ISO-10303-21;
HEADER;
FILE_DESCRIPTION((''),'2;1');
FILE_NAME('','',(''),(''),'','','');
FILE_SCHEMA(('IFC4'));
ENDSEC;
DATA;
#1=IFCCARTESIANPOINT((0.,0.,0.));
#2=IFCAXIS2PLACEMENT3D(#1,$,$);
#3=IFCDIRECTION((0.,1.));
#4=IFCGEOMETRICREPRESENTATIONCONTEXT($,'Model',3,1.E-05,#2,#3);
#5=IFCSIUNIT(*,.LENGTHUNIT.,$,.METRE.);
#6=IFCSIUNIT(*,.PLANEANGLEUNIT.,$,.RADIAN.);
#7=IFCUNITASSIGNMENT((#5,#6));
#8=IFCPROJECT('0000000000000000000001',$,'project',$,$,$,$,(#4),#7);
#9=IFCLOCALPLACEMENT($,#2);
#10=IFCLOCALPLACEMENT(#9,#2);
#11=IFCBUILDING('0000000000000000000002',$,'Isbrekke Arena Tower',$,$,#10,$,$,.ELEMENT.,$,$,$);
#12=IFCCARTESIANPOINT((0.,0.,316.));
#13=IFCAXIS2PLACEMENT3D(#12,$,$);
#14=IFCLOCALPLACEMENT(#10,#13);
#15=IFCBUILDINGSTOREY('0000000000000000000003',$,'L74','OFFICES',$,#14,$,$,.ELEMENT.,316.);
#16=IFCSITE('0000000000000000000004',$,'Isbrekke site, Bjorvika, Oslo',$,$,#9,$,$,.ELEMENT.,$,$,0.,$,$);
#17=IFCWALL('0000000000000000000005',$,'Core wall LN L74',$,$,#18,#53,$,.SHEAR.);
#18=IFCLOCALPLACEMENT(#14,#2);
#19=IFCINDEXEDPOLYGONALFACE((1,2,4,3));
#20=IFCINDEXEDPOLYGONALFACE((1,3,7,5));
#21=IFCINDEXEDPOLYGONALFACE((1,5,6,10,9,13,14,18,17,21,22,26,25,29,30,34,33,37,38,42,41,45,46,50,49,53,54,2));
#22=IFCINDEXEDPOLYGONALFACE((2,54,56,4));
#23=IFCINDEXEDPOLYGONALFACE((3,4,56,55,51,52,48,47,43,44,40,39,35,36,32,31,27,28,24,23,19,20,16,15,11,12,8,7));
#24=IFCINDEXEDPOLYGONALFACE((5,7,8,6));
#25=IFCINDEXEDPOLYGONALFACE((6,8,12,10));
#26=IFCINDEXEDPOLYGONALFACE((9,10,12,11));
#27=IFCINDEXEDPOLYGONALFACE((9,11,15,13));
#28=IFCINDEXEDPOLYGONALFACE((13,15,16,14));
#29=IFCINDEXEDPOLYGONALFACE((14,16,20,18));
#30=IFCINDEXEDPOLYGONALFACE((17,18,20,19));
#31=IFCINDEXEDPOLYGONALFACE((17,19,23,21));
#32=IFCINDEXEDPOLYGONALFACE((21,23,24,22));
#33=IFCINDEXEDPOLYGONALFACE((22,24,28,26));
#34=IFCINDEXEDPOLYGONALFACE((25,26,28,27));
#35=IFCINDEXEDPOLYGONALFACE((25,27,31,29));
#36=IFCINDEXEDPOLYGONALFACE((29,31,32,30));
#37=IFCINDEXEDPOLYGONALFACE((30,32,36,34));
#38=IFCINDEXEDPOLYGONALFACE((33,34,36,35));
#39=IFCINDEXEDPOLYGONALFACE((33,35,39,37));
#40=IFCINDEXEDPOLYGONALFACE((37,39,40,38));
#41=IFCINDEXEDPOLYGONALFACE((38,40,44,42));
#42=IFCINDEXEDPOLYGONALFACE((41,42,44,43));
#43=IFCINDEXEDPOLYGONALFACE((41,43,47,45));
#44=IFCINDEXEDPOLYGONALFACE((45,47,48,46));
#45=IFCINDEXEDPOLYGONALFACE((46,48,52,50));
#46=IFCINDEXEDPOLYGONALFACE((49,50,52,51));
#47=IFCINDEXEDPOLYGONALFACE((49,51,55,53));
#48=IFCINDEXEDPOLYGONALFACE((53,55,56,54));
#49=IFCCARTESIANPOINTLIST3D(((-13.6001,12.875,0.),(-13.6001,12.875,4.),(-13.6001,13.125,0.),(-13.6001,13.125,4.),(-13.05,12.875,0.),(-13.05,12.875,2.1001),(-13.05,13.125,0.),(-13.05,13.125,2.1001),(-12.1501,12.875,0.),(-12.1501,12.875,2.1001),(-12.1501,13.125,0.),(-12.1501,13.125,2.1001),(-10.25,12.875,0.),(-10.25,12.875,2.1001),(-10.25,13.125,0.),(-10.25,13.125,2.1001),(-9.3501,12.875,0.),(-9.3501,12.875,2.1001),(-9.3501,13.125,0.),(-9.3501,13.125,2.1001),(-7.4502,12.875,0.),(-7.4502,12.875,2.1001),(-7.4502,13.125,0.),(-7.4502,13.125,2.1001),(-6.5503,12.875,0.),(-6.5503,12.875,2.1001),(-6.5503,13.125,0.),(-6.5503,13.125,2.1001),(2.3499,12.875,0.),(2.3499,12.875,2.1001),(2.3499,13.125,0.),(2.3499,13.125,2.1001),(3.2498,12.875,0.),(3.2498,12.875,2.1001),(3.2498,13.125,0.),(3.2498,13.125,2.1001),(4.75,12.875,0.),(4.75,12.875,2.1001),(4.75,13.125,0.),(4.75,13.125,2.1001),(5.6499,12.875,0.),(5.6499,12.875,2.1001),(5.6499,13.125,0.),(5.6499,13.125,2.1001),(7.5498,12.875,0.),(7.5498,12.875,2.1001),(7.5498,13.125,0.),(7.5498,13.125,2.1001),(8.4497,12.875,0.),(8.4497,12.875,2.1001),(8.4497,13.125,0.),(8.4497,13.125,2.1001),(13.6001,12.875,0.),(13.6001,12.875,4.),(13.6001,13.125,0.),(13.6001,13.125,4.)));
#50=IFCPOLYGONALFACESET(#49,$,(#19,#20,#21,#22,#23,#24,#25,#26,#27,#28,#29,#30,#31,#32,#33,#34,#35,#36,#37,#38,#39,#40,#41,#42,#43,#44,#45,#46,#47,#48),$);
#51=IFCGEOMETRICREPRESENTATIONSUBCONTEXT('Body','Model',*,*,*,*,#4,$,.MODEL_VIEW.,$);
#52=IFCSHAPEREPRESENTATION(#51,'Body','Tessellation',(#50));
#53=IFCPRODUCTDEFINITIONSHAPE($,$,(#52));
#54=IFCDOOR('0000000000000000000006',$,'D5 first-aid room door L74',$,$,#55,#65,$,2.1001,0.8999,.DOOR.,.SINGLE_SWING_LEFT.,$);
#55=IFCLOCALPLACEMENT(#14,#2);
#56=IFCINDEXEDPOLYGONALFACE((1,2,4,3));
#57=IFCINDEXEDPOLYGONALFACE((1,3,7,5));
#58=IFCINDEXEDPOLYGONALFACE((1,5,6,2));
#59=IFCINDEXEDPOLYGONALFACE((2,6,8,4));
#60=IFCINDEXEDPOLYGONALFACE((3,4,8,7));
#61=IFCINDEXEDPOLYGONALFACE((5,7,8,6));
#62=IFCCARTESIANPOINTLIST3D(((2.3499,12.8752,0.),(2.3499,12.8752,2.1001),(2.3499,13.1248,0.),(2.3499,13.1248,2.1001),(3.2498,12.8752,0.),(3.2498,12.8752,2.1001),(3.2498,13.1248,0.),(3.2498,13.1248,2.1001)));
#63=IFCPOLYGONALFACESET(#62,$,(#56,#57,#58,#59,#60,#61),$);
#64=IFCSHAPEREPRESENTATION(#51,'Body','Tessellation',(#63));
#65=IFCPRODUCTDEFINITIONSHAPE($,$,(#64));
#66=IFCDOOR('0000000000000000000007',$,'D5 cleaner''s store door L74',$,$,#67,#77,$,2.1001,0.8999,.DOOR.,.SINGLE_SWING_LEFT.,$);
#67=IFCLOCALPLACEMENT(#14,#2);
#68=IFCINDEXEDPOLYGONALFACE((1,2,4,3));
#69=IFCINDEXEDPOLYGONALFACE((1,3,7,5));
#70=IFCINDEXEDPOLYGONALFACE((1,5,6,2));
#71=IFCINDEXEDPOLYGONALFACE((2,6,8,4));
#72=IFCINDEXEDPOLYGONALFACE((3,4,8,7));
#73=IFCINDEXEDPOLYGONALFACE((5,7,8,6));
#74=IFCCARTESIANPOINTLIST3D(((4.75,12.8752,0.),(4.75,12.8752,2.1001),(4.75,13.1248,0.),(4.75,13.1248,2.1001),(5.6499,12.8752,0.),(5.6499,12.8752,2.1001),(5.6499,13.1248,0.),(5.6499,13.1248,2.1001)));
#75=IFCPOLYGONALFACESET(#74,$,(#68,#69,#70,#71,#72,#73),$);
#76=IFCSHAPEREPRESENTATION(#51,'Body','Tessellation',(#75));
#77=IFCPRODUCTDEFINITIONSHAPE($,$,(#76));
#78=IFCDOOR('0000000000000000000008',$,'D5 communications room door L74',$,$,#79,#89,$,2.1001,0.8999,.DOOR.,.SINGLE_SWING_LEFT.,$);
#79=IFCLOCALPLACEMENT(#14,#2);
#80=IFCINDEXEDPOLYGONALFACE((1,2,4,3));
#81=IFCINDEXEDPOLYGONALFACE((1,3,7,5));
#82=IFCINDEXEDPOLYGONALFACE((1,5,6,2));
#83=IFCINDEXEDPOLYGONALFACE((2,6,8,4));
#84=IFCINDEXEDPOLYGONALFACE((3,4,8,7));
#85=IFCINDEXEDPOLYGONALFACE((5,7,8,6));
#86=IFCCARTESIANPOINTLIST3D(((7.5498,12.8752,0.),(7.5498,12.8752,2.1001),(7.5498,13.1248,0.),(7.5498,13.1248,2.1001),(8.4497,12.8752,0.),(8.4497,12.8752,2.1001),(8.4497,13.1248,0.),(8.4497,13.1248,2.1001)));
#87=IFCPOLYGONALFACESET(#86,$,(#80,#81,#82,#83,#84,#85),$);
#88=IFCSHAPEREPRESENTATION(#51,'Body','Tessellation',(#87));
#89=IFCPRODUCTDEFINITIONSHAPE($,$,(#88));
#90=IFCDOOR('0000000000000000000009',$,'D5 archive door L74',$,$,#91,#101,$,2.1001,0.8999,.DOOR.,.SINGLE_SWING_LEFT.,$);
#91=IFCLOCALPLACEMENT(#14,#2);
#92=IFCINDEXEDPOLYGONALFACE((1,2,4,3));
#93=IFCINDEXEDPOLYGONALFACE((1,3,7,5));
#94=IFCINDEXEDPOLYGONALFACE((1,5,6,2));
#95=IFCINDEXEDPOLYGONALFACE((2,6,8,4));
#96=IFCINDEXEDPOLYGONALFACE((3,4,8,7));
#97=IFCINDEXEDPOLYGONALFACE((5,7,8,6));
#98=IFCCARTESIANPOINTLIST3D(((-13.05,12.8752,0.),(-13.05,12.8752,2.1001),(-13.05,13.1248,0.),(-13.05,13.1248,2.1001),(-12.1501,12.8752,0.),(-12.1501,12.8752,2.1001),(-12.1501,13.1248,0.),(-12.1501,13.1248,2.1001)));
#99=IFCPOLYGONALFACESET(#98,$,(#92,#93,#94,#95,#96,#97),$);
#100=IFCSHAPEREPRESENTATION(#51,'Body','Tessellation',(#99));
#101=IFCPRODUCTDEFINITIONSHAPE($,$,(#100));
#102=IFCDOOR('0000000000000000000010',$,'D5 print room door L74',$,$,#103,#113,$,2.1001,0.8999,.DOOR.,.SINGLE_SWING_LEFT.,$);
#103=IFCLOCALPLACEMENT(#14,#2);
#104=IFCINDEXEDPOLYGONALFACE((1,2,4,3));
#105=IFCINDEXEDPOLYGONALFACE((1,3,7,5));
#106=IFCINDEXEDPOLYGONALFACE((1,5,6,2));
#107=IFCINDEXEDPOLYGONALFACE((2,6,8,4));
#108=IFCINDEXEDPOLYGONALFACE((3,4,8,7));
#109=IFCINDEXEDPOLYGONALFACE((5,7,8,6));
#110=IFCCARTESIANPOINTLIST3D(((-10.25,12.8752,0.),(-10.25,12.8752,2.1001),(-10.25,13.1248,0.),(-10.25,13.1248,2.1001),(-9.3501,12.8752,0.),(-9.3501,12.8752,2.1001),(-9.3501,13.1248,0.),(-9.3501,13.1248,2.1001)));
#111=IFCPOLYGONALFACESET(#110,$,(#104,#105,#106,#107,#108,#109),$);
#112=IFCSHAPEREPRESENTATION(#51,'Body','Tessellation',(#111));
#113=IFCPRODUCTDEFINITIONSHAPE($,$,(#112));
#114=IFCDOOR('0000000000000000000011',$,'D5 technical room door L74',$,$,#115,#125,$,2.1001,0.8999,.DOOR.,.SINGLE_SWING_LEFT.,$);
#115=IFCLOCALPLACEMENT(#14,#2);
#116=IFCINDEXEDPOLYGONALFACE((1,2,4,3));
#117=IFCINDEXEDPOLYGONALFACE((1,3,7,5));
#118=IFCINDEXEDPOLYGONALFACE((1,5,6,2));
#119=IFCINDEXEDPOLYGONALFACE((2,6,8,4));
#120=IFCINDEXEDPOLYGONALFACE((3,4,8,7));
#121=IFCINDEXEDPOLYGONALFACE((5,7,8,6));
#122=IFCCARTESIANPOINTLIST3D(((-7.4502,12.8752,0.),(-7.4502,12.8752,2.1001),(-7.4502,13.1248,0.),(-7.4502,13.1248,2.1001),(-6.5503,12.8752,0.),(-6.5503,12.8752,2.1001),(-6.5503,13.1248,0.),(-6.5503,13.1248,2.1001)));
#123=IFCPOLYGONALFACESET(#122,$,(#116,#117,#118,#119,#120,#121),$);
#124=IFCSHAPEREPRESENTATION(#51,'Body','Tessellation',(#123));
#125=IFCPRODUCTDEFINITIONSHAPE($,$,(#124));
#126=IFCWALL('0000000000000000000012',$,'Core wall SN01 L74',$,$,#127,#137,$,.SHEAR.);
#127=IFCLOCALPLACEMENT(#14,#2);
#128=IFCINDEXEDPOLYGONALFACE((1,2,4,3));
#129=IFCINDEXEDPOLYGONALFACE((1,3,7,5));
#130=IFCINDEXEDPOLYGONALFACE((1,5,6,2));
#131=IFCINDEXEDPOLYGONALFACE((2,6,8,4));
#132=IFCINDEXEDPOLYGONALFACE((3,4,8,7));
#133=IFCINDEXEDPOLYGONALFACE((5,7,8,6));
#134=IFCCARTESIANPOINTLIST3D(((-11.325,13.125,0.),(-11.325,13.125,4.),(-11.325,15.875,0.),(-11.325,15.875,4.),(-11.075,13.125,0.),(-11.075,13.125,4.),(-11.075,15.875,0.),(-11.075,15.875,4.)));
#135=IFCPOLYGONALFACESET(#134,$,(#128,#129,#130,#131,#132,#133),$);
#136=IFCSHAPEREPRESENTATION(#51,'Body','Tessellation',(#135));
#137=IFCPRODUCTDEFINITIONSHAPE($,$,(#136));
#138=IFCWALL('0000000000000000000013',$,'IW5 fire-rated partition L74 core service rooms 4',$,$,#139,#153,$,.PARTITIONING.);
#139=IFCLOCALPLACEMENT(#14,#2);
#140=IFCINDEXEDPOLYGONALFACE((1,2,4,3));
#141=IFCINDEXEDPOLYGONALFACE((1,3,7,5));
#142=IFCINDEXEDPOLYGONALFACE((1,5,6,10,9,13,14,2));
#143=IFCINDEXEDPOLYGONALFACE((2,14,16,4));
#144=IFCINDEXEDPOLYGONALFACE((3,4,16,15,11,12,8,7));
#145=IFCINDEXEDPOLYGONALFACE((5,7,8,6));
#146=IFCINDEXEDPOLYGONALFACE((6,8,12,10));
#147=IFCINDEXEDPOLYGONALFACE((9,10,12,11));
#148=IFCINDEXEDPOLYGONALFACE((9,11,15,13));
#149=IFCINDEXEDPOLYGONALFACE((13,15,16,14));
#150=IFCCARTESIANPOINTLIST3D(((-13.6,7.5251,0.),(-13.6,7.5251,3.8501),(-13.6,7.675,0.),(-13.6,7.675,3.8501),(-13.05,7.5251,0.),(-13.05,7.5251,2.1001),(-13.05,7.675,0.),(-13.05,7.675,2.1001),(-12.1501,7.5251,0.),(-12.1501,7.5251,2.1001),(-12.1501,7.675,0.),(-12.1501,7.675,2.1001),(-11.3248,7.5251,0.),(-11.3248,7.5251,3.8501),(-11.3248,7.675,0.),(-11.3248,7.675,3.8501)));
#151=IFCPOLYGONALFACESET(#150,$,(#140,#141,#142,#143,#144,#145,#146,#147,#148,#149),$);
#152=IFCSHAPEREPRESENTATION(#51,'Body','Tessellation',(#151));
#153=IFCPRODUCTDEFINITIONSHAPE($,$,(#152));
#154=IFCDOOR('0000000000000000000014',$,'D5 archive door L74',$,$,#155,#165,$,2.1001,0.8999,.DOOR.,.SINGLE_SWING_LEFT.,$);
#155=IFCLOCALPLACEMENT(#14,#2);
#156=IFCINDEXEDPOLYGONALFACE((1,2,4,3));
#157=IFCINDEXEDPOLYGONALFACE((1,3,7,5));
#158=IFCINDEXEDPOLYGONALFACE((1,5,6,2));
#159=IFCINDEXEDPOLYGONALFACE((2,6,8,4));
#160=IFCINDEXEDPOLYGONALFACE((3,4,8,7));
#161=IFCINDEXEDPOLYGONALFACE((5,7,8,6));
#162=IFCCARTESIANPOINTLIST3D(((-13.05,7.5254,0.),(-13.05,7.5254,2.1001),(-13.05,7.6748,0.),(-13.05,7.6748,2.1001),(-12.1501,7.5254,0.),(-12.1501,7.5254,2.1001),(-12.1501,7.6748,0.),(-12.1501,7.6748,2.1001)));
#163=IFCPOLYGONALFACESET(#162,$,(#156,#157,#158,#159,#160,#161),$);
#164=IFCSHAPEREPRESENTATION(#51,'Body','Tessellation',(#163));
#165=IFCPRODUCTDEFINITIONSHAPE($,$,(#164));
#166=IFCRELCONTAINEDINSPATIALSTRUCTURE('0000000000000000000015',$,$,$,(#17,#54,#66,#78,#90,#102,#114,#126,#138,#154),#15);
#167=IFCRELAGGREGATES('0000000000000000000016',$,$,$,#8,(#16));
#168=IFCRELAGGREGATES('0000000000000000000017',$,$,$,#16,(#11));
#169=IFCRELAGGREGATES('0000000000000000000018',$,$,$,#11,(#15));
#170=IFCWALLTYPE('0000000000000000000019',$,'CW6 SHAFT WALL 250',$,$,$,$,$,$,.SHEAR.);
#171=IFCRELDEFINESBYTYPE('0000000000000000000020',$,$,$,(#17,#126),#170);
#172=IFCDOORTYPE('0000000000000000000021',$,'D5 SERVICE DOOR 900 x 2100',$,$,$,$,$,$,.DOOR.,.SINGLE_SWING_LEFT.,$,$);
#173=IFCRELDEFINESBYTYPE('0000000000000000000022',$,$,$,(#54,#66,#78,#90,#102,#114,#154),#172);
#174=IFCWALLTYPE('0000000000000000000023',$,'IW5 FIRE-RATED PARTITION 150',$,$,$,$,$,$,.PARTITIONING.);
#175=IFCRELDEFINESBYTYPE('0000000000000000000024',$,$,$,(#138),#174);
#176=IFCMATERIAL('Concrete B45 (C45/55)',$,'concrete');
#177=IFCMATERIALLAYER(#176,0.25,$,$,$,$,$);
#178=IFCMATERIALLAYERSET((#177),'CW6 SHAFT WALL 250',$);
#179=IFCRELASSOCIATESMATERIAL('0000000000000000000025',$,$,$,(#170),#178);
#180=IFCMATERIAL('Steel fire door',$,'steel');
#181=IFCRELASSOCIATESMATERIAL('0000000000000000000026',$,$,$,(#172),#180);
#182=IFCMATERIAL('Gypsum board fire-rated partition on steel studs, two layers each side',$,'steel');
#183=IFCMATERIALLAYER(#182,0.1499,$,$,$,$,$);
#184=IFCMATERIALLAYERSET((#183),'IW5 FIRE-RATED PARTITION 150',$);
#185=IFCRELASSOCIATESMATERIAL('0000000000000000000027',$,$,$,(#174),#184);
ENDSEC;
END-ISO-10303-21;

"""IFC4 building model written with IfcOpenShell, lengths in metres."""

from ifc_helpers import new_model, si_unit, direction, frame, frame_2d, origin, place, context, subcontext, project, spatial, rectangle, extrude, material, layer, layer_set, type_object, element, fill, save


model = new_model("IFC4")

# Units and contexts
model_context = context("Model", 3, precision=1e-05, world=origin(), true_north=direction((0.0, 1.0)))
body_context = subcontext(model_context, "Body", "Model", "MODEL_VIEW")
ifc_project = project(units=[si_unit("LENGTHUNIT", "METRE"), si_unit("PLANEANGLEUNIT", "RADIAN")], contexts=[model_context])

# Site, building, storey
site_placement = place(None, origin())
site = spatial("IfcSite", under=ifc_project, at=site_placement, Name="Isbrekke site, Bjorvika, Oslo", CompositionType="ELEMENT", RefElevation=0.0)
building_placement = place(site_placement, origin())
building = spatial("IfcBuilding", under=site, at=building_placement, Name="Isbrekke Arena Tower", CompositionType="ELEMENT")
storey_placement = place(building_placement, frame((0.0, 0.0, 316.0)))
storey = spatial("IfcBuildingStorey", under=building, at=storey_placement, Name="L74", Description="OFFICES", CompositionType="ELEMENT", Elevation=316.0)

# Wall, openings, doors
ifc_material_1 = material(Name="Concrete B45 (C45/55)", Category="concrete")
ifc_layer_1 = layer(ifc_material_1, 0.25)
ifc_layer_set_1 = layer_set([ifc_layer_1], Name="CW6 SHAFT WALL 250")
wall_type_1 = type_object("IfcWallType", Name="CW6 SHAFT WALL 250", PredefinedType="SHEAR", material=ifc_layer_set_1)
ifc_material_2 = material(Name="Steel fire door", Category="steel")
door_type_1 = type_object("IfcDoorType", Name="D5 SERVICE DOOR 900 x 2100", OperationType="SINGLE_SWING_LEFT", PredefinedType="DOOR", material=ifc_material_2)
wall_1_placement = place(storey_placement, frame((-13.6001, 13.0, 0.0), z_axis=(0.0, 0.0, 1.0), x_axis=(1.0, 0.0, 0.0)))
wall_1 = element("IfcWall", 1, at=wall_1_placement, inside=storey, type_object=wall_type_1, Name="Core wall LN L74", PredefinedType="SHEAR", context=body_context, shape_type="SweptSolid", body=[
    extrude(rectangle(XDim=27.2002, YDim=0.25, at=frame_2d((13.6001, 0.0))), origin(), (0.0, 0.0, 1.0), 4.0),
])
opening_1_placement = place(wall_1_placement, frame((15.95, 0.0, 0.0)))
opening_1 = element("IfcOpeningElement", 2, at=opening_1_placement, cuts=wall_1, PredefinedType="OPENING", context=body_context, shape_type="SweptSolid", body=[
    extrude(rectangle(XDim=0.8999, YDim=2.1001, at=frame_2d((0.45, 1.05))), frame((0.0, 0.1399, 0.0), z_axis=(0.0, -1.0, 0.0), x_axis=(1.0, 0.0, 0.0)), (0.0, 0.0, 1.0), 0.2798),
])
opening_2_placement = place(wall_1_placement, frame((18.3501, 0.0, 0.0)))
opening_2 = element("IfcOpeningElement", 3, at=opening_2_placement, cuts=wall_1, PredefinedType="OPENING", context=body_context, shape_type="SweptSolid", body=[
    extrude(rectangle(XDim=0.8999, YDim=2.1001, at=frame_2d((0.45, 1.05))), frame((0.0, 0.1399, 0.0), z_axis=(0.0, -1.0, 0.0), x_axis=(1.0, 0.0, 0.0)), (0.0, 0.0, 1.0), 0.2798),
])
opening_3_placement = place(wall_1_placement, frame((21.1499, 0.0, 0.0)))
opening_3 = element("IfcOpeningElement", 4, at=opening_3_placement, cuts=wall_1, PredefinedType="OPENING", context=body_context, shape_type="SweptSolid", body=[
    extrude(rectangle(XDim=0.8999, YDim=2.1001, at=frame_2d((0.45, 1.05))), frame((0.0, 0.1399, 0.0), z_axis=(0.0, -1.0, 0.0), x_axis=(1.0, 0.0, 0.0)), (0.0, 0.0, 1.0), 0.2798),
])
opening_4_placement = place(wall_1_placement, frame((0.55, 0.0, 0.0)))
opening_4 = element("IfcOpeningElement", 5, at=opening_4_placement, cuts=wall_1, PredefinedType="OPENING", context=body_context, shape_type="SweptSolid", body=[
    extrude(rectangle(XDim=0.8999, YDim=2.1001, at=frame_2d((0.45, 1.05))), frame((0.0, 0.1399, 0.0), z_axis=(0.0, -1.0, 0.0), x_axis=(1.0, 0.0, 0.0)), (0.0, 0.0, 1.0), 0.2798),
])
opening_5_placement = place(wall_1_placement, frame((3.3501, 0.0, 0.0)))
opening_5 = element("IfcOpeningElement", 6, at=opening_5_placement, cuts=wall_1, PredefinedType="OPENING", context=body_context, shape_type="SweptSolid", body=[
    extrude(rectangle(XDim=0.8999, YDim=2.1001, at=frame_2d((0.45, 1.05))), frame((0.0, 0.1399, 0.0), z_axis=(0.0, -1.0, 0.0), x_axis=(1.0, 0.0, 0.0)), (0.0, 0.0, 1.0), 0.2798),
])
opening_6_placement = place(wall_1_placement, frame((6.1499, 0.0, 0.0)))
opening_6 = element("IfcOpeningElement", 7, at=opening_6_placement, cuts=wall_1, PredefinedType="OPENING", context=body_context, shape_type="SweptSolid", body=[
    extrude(rectangle(XDim=0.8999, YDim=2.1001, at=frame_2d((0.45, 1.05))), frame((0.0, 0.1399, 0.0), z_axis=(0.0, -1.0, 0.0), x_axis=(1.0, 0.0, 0.0)), (0.0, 0.0, 1.0), 0.2798),
])
door_1_placement = place(opening_1_placement, origin())
door_1 = element("IfcDoor", 8, at=door_1_placement, inside=storey, type_object=door_type_1, Name="D5 first-aid room door L74", OperationType="SINGLE_SWING_LEFT", OverallHeight=2.1001, OverallWidth=0.8999, PredefinedType="DOOR", context=body_context, shape_type="SweptSolid", body=[
    extrude(rectangle(XDim=0.8999, YDim=2.1001, at=frame_2d((0.45, 1.05))), frame((0.0, 0.1248, 0.0), z_axis=(0.0, -1.0, 0.0), x_axis=(1.0, 0.0, 0.0)), (0.0, 0.0, 1.0), 0.2495),
])
fill(opening_1, door_1)
door_2_placement = place(opening_2_placement, origin())
door_2 = element("IfcDoor", 9, at=door_2_placement, inside=storey, type_object=door_type_1, Name="D5 cleaner's store door L74", OperationType="SINGLE_SWING_LEFT", OverallHeight=2.1001, OverallWidth=0.8999, PredefinedType="DOOR", context=body_context, shape_type="SweptSolid", body=[
    extrude(rectangle(XDim=0.8999, YDim=2.1001, at=frame_2d((0.45, 1.05))), frame((0.0, 0.1248, 0.0), z_axis=(0.0, -1.0, 0.0), x_axis=(1.0, 0.0, 0.0)), (0.0, 0.0, 1.0), 0.2495),
])
fill(opening_2, door_2)
door_3_placement = place(opening_3_placement, origin())
door_3 = element("IfcDoor", 10, at=door_3_placement, inside=storey, type_object=door_type_1, Name="D5 communications room door L74", OperationType="SINGLE_SWING_LEFT", OverallHeight=2.1001, OverallWidth=0.8999, PredefinedType="DOOR", context=body_context, shape_type="SweptSolid", body=[
    extrude(rectangle(XDim=0.8999, YDim=2.1001, at=frame_2d((0.45, 1.05))), frame((0.0, 0.1248, 0.0), z_axis=(0.0, -1.0, 0.0), x_axis=(1.0, 0.0, 0.0)), (0.0, 0.0, 1.0), 0.2495),
])
fill(opening_3, door_3)
door_4_placement = place(opening_4_placement, origin())
door_4 = element("IfcDoor", 11, at=door_4_placement, inside=storey, type_object=door_type_1, Name="D5 archive door L74", OperationType="SINGLE_SWING_LEFT", OverallHeight=2.1001, OverallWidth=0.8999, PredefinedType="DOOR", context=body_context, shape_type="SweptSolid", body=[
    extrude(rectangle(XDim=0.8999, YDim=2.1001, at=frame_2d((0.45, 1.05))), frame((0.0, 0.1248, 0.0), z_axis=(0.0, -1.0, 0.0), x_axis=(1.0, 0.0, 0.0)), (0.0, 0.0, 1.0), 0.2495),
])
fill(opening_4, door_4)
door_5_placement = place(opening_5_placement, origin())
door_5 = element("IfcDoor", 12, at=door_5_placement, inside=storey, type_object=door_type_1, Name="D5 print room door L74", OperationType="SINGLE_SWING_LEFT", OverallHeight=2.1001, OverallWidth=0.8999, PredefinedType="DOOR", context=body_context, shape_type="SweptSolid", body=[
    extrude(rectangle(XDim=0.8999, YDim=2.1001, at=frame_2d((0.45, 1.05))), frame((0.0, 0.1248, 0.0), z_axis=(0.0, -1.0, 0.0), x_axis=(1.0, 0.0, 0.0)), (0.0, 0.0, 1.0), 0.2495),
])
fill(opening_5, door_5)
door_6_placement = place(opening_6_placement, origin())
door_6 = element("IfcDoor", 13, at=door_6_placement, inside=storey, type_object=door_type_1, Name="D5 technical room door L74", OperationType="SINGLE_SWING_LEFT", OverallHeight=2.1001, OverallWidth=0.8999, PredefinedType="DOOR", context=body_context, shape_type="SweptSolid", body=[
    extrude(rectangle(XDim=0.8999, YDim=2.1001, at=frame_2d((0.45, 1.05))), frame((0.0, 0.1248, 0.0), z_axis=(0.0, -1.0, 0.0), x_axis=(1.0, 0.0, 0.0)), (0.0, 0.0, 1.0), 0.2495),
])
fill(opening_6, door_6)

# Wall
wall_2_placement = place(storey_placement, frame((-11.2, 13.125, 0.0), z_axis=(0.0, 0.0, 1.0), x_axis=(0.0, 1.0, 0.0)))
element("IfcWall", 14, at=wall_2_placement, inside=storey, type_object=wall_type_1, Name="Core wall SN01 L74", PredefinedType="SHEAR", context=body_context, shape_type="SweptSolid", body=[
    extrude(rectangle(XDim=2.75, YDim=0.25, at=frame_2d((1.375, 0.0))), origin(), (0.0, 0.0, 1.0), 4.0),
])

# Wall, opening, door
ifc_material_3 = material(Name="Gypsum board fire-rated partition on steel studs, two layers each side", Category="steel")
ifc_layer_2 = layer(ifc_material_3, 0.1499)
ifc_layer_set_2 = layer_set([ifc_layer_2], Name="IW5 FIRE-RATED PARTITION 150")
wall_type_2 = type_object("IfcWallType", Name="IW5 FIRE-RATED PARTITION 150", PredefinedType="PARTITIONING", material=ifc_layer_set_2)
wall_3_placement = place(storey_placement, frame((-13.6001, 7.6001, 0.0), z_axis=(0.0, 0.0, 1.0), x_axis=(1.0, 0.0, 0.0)))
wall_3 = element("IfcWall", 15, at=wall_3_placement, inside=storey, type_object=wall_type_2, Name="IW5 fire-rated partition L74 core service rooms 4", PredefinedType="PARTITIONING", context=body_context, shape_type="SweptSolid", body=[
    extrude(rectangle(XDim=2.2751, YDim=0.1499, at=frame_2d((1.1377, 0.0))), origin(), (0.0, 0.0, 1.0), 3.8501),
])
opening_7_placement = place(wall_3_placement, frame((0.55, 0.0, 0.0)))
opening_7 = element("IfcOpeningElement", 16, at=opening_7_placement, cuts=wall_3, PredefinedType="OPENING", context=body_context, shape_type="SweptSolid", body=[
    extrude(rectangle(XDim=0.8999, YDim=2.1001, at=frame_2d((0.45, 1.05))), frame((0.0, 0.0898, 0.0), z_axis=(0.0, -1.0, 0.0), x_axis=(1.0, 0.0, 0.0)), (0.0, 0.0, 1.0), 0.1797),
])
door_7_placement = place(opening_7_placement, origin())
door_7 = element("IfcDoor", 17, at=door_7_placement, inside=storey, type_object=door_type_1, Name="D5 archive door L74", OperationType="SINGLE_SWING_LEFT", OverallHeight=2.1001, OverallWidth=0.8999, PredefinedType="DOOR", context=body_context, shape_type="SweptSolid", body=[
    extrude(rectangle(XDim=0.8999, YDim=2.1001, at=frame_2d((0.45, 1.05))), frame((0.0, 0.0747, 0.0), z_axis=(0.0, -1.0, 0.0), x_axis=(1.0, 0.0, 0.0)), (0.0, 0.0, 1.0), 0.1494),
])
fill(opening_7, door_7)

save(model, "model.ifc")
